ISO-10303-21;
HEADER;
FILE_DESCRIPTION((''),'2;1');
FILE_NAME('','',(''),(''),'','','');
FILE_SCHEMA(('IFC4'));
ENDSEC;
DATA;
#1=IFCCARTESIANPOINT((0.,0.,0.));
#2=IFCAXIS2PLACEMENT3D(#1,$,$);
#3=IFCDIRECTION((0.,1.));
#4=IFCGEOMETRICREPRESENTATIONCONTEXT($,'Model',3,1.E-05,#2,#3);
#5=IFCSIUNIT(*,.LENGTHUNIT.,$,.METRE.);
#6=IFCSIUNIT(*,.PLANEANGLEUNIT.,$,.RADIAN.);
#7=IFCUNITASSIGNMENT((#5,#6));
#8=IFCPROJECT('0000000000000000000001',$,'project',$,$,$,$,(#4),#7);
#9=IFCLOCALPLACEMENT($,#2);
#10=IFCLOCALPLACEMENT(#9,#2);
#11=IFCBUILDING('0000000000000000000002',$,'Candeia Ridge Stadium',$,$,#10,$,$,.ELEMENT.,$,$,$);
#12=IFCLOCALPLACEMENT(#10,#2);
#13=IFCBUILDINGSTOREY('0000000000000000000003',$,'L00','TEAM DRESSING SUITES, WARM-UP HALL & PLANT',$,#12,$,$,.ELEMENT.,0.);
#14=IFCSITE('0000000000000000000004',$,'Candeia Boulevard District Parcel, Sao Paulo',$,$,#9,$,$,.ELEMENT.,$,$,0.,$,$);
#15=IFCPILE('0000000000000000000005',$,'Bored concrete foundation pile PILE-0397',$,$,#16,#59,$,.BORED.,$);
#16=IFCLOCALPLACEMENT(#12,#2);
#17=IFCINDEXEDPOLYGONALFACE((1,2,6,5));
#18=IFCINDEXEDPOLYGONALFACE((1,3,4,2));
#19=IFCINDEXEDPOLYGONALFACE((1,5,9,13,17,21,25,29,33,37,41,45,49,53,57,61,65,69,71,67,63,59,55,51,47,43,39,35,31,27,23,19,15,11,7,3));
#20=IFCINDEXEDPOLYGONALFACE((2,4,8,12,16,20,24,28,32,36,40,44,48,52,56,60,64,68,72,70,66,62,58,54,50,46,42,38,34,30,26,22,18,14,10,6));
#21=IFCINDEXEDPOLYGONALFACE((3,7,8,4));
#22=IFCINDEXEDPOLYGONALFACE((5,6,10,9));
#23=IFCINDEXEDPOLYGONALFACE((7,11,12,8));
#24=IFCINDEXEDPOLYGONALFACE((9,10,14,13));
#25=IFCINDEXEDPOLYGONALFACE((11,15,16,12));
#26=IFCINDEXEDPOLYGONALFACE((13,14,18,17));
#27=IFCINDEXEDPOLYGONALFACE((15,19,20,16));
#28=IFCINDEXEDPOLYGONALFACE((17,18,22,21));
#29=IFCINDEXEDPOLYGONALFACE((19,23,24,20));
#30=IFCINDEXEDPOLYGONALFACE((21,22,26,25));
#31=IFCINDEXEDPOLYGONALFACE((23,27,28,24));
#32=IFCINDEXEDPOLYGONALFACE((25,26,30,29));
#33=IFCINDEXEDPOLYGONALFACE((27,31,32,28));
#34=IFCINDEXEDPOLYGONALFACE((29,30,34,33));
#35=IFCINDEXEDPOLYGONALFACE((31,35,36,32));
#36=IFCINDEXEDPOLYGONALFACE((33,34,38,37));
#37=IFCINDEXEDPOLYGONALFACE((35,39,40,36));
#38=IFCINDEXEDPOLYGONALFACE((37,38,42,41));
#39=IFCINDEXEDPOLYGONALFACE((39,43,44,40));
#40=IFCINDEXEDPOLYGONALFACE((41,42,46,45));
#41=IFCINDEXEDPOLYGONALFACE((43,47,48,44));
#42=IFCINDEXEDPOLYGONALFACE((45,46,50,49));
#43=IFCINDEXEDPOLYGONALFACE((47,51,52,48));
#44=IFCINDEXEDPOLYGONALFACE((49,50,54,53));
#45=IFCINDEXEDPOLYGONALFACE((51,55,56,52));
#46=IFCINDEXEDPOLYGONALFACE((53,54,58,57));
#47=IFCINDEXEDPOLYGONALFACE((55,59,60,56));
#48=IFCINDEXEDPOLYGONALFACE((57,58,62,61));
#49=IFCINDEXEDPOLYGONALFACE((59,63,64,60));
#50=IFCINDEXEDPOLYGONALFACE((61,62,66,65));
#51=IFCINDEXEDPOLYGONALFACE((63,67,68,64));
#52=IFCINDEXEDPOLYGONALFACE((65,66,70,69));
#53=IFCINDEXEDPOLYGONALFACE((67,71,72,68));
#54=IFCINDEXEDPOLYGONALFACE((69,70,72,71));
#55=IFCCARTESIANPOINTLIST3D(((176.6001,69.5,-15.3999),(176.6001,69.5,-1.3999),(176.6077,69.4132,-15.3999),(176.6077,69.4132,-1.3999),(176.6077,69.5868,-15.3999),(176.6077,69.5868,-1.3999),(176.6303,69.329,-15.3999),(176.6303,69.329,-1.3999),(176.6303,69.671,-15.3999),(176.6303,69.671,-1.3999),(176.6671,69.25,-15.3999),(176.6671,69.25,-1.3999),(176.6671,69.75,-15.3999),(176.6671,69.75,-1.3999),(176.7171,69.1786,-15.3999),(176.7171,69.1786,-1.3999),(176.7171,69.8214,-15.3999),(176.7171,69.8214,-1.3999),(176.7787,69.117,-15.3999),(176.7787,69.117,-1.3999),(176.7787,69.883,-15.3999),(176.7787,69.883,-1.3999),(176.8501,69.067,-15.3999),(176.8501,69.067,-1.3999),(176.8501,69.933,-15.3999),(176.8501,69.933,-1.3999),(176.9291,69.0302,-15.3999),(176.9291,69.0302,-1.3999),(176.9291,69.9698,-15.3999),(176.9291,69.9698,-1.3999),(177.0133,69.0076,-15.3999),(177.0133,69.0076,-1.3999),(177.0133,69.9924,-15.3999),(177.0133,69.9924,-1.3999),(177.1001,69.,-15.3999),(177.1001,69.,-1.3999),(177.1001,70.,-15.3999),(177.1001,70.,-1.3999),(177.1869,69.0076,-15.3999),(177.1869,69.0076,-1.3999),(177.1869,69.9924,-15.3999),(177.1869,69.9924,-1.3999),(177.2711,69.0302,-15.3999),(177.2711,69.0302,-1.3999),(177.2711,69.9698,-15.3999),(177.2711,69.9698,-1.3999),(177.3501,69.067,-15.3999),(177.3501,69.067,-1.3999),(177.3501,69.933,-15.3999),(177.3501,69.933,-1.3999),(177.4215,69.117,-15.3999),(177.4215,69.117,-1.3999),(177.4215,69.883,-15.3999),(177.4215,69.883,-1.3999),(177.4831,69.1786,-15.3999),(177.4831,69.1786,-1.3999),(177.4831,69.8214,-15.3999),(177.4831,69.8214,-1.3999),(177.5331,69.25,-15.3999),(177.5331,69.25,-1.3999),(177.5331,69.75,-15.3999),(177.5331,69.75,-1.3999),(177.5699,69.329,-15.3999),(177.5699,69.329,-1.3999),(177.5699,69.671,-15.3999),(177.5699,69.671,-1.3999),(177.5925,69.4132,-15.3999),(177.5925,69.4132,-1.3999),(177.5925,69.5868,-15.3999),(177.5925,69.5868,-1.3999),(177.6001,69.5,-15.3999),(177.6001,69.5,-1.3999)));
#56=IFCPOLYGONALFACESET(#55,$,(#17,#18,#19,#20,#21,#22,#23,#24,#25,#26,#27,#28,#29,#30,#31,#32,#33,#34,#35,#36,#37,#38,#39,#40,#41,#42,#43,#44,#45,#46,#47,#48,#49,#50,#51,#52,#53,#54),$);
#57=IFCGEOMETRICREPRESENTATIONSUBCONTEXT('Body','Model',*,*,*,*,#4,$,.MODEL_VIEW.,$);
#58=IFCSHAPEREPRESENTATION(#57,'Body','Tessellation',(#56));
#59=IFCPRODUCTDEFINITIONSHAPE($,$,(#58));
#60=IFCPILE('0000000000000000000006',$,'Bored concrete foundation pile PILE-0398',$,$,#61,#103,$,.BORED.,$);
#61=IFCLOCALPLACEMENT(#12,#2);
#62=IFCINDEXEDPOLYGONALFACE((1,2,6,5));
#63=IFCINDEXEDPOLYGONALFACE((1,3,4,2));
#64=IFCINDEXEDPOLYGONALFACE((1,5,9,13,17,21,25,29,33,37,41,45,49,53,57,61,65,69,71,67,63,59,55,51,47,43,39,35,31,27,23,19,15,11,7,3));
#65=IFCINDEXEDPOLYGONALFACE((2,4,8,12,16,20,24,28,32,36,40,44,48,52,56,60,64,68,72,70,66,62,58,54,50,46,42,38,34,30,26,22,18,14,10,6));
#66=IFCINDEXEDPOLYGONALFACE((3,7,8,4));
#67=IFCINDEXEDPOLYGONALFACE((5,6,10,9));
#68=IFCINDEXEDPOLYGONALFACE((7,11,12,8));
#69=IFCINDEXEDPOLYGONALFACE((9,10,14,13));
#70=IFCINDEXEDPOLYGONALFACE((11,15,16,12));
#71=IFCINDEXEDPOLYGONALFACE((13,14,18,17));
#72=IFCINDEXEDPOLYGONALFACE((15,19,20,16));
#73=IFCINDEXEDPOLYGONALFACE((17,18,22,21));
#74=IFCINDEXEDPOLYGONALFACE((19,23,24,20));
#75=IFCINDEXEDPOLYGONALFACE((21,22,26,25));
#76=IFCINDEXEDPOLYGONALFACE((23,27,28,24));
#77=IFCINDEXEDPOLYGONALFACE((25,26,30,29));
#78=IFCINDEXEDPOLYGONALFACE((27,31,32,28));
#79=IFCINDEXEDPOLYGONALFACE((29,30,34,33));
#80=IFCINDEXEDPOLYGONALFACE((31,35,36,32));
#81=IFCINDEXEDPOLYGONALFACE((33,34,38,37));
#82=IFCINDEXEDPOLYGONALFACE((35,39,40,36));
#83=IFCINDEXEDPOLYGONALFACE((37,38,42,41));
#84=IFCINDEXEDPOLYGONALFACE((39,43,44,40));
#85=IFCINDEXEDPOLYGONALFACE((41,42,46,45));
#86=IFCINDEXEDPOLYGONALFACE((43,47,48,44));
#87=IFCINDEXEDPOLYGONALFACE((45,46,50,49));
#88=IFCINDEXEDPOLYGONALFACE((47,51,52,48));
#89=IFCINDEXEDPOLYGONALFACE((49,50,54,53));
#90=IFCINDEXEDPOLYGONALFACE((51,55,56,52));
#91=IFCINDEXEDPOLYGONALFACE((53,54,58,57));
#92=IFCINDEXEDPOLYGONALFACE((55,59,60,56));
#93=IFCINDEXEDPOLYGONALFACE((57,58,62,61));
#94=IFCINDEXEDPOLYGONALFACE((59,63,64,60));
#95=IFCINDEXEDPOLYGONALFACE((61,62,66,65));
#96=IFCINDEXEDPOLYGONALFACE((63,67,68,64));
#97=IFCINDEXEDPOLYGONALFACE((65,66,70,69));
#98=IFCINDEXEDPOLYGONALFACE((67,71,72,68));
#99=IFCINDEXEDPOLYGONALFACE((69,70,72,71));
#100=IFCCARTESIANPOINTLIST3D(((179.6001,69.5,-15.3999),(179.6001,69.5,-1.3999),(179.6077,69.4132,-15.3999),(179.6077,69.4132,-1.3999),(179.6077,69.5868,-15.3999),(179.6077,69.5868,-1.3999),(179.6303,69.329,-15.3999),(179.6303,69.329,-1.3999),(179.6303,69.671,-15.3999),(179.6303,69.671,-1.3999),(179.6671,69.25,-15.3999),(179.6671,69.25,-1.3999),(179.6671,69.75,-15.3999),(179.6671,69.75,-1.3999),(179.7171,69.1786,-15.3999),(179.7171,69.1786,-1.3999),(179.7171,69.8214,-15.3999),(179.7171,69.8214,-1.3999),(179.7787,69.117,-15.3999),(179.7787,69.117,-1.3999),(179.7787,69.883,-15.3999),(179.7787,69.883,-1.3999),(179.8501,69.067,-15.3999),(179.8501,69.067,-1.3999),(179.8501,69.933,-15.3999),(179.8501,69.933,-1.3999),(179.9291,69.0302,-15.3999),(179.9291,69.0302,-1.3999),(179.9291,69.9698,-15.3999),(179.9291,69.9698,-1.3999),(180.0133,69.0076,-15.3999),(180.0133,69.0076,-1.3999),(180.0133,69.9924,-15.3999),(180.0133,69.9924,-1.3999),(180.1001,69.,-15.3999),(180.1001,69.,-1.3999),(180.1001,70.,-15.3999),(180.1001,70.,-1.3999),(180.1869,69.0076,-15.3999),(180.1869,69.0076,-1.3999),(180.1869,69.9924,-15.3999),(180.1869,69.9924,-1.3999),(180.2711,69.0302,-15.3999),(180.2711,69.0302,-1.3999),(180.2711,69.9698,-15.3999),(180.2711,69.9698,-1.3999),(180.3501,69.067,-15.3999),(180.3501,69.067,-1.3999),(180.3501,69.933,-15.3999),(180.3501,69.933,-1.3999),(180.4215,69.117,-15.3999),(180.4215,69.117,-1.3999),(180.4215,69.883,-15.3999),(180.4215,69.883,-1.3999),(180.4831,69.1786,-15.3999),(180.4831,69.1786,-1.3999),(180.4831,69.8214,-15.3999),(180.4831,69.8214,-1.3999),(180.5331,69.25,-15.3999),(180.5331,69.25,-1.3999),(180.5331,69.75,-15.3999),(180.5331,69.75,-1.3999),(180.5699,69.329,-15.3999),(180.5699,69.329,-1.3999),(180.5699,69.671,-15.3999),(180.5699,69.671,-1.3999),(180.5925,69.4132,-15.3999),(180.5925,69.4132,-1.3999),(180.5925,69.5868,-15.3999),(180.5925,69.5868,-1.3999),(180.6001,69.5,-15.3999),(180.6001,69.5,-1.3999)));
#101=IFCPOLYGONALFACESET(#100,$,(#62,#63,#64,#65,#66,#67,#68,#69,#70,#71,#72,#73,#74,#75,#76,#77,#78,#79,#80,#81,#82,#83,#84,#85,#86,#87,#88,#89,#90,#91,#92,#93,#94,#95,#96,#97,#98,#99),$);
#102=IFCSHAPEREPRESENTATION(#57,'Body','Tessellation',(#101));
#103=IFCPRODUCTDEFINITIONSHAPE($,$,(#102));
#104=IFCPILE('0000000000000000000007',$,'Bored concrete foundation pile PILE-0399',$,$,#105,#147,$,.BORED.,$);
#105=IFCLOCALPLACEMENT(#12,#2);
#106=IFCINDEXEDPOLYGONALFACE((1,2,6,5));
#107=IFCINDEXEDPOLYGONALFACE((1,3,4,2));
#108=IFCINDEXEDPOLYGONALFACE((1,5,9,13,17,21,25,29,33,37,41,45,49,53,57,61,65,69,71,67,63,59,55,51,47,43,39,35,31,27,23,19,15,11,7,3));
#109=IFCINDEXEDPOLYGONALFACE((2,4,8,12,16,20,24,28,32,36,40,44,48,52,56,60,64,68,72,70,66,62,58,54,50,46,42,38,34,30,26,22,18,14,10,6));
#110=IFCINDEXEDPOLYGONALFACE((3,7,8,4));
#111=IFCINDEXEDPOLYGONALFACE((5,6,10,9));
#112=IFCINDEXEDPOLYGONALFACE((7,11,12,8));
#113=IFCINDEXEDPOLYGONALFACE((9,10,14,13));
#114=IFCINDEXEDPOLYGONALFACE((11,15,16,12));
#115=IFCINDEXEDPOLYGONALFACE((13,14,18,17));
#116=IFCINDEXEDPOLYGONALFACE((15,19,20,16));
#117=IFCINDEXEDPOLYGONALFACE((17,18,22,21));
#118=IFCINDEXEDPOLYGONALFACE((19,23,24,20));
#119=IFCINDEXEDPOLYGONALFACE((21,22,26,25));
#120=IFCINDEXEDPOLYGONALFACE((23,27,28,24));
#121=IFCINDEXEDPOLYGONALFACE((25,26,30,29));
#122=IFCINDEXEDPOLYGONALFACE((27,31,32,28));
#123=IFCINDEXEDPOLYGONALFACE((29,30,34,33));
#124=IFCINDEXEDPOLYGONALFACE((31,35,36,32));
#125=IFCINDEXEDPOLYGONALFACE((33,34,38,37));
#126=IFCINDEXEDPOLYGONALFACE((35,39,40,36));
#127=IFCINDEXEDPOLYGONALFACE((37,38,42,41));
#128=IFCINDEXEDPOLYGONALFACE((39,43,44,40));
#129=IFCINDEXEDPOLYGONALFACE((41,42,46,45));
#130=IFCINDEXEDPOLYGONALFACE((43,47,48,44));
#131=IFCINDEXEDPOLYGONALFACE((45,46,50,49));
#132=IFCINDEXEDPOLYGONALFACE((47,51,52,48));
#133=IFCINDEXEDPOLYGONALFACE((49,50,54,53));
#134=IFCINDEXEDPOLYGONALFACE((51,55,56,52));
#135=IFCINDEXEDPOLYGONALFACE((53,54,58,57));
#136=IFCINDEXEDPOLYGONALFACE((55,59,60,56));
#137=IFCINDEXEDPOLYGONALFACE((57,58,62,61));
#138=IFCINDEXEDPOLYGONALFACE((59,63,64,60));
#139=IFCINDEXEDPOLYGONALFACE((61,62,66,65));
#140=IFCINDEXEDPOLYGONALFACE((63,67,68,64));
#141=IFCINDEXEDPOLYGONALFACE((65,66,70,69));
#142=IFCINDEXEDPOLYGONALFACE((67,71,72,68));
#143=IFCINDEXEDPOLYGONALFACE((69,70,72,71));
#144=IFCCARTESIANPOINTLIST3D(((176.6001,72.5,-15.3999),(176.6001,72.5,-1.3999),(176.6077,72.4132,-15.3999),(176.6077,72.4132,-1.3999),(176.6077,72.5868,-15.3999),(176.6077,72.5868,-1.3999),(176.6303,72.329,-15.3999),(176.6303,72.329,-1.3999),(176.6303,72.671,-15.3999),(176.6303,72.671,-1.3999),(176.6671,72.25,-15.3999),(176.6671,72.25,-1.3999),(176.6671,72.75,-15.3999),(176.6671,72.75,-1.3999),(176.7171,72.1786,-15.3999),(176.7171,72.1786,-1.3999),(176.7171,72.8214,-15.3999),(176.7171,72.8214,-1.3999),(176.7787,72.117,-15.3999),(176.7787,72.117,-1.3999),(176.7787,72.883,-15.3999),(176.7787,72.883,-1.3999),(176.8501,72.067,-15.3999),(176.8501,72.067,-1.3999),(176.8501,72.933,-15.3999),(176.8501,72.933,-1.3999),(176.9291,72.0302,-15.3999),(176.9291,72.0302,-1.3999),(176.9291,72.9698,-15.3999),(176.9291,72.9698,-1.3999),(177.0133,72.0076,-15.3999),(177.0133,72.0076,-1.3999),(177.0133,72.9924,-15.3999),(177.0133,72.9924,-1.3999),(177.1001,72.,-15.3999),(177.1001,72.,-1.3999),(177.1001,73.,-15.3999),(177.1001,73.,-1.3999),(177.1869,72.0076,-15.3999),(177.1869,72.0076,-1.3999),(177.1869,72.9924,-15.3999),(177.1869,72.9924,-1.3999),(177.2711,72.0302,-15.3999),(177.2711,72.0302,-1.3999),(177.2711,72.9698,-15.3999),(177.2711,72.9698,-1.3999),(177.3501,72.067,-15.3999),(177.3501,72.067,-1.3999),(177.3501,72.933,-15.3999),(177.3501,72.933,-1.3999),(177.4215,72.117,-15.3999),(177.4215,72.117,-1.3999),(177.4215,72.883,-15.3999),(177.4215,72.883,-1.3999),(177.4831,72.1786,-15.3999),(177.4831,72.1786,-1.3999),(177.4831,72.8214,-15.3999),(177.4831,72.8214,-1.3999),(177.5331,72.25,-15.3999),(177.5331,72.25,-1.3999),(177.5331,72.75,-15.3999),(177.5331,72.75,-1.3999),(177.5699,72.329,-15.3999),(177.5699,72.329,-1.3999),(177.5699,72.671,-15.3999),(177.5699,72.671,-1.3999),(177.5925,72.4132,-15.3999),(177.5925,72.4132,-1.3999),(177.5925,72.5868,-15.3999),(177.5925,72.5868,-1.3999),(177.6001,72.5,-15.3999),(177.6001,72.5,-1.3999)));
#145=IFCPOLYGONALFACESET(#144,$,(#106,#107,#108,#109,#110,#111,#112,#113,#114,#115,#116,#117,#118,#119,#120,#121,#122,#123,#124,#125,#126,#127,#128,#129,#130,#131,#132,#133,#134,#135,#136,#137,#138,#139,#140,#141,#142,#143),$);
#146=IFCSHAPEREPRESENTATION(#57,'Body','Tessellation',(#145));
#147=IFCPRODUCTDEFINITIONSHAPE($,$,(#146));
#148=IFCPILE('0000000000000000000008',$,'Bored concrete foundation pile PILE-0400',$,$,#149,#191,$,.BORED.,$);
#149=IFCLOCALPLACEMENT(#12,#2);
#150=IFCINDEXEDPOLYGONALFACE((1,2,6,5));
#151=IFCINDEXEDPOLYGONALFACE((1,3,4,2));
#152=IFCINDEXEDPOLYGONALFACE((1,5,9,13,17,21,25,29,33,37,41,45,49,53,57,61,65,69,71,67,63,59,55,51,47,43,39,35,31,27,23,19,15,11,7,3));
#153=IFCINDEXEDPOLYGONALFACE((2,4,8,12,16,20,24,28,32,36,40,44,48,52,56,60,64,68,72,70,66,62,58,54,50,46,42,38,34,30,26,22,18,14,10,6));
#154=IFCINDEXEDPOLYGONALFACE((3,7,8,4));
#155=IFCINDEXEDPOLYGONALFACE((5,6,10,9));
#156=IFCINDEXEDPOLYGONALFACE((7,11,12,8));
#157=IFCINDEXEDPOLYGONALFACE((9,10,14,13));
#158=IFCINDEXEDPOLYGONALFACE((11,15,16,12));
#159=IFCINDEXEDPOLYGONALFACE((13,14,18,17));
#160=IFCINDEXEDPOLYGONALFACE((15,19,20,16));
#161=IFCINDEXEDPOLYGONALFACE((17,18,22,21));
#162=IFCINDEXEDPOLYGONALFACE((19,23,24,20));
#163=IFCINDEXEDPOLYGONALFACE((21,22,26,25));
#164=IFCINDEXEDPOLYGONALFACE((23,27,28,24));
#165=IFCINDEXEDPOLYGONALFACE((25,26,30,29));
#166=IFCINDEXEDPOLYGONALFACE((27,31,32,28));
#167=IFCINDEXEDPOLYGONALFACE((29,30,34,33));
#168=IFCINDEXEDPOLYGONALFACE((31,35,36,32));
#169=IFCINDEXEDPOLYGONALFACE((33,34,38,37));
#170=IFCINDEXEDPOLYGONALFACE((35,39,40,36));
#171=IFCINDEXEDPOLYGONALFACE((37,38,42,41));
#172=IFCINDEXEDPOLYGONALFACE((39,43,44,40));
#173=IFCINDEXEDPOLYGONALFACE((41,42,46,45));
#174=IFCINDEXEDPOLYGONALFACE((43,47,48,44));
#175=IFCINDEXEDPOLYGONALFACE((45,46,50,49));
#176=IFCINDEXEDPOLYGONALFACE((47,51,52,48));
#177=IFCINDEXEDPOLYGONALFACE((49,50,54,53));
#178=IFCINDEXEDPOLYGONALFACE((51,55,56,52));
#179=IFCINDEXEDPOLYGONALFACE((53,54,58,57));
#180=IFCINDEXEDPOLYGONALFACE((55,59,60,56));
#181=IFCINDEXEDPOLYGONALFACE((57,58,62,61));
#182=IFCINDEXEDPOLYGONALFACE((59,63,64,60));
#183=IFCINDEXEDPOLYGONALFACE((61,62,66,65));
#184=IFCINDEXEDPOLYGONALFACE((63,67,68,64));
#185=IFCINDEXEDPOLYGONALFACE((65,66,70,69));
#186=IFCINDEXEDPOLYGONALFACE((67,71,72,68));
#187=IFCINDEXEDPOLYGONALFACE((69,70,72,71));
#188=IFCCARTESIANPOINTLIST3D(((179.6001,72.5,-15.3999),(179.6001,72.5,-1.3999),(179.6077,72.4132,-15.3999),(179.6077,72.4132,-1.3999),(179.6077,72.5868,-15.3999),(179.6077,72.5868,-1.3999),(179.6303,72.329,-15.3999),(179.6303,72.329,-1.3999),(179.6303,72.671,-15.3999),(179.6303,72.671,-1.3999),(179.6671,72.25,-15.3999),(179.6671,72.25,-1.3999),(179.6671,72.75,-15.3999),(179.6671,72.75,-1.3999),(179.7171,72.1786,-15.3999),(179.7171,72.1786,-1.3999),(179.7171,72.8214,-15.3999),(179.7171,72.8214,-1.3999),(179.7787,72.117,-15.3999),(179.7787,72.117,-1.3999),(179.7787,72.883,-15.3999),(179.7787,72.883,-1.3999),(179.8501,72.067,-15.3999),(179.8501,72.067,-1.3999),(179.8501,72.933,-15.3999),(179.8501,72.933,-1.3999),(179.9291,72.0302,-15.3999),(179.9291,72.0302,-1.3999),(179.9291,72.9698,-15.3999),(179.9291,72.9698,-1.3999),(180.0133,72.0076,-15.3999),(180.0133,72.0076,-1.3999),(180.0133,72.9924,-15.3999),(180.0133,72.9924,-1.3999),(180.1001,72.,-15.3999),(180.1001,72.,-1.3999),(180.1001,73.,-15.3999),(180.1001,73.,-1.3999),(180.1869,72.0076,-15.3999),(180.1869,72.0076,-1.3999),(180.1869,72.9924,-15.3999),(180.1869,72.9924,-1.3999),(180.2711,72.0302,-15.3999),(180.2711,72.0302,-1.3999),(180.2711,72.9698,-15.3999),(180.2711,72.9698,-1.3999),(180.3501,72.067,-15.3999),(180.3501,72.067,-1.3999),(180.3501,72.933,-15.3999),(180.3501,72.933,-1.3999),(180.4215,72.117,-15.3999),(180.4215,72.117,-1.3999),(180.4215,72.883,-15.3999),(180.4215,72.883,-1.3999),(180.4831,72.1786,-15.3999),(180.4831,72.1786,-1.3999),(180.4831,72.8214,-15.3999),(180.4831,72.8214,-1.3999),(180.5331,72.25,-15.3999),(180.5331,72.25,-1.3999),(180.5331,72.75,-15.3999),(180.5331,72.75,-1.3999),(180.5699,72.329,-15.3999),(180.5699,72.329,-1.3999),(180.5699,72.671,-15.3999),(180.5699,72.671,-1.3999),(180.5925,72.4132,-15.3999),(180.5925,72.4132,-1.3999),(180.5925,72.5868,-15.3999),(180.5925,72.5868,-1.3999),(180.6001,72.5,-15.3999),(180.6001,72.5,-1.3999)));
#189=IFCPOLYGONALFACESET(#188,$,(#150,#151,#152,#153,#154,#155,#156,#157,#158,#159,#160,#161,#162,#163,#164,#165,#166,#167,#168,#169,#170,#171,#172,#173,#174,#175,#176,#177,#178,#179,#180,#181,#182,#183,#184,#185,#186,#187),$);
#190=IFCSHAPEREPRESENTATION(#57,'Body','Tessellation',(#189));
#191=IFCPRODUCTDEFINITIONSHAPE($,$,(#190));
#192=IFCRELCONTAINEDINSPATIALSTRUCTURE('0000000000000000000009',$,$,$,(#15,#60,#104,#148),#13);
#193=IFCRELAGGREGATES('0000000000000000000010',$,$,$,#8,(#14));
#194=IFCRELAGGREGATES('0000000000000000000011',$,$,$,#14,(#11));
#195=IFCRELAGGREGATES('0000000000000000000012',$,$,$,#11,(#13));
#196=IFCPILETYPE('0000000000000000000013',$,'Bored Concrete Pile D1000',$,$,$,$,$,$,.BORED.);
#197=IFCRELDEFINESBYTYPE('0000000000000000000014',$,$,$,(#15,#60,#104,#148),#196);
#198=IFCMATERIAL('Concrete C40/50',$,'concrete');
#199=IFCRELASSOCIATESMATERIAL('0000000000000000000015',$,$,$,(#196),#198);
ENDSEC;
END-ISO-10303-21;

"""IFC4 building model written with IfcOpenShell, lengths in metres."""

from ifc_helpers import new_model, si_unit, direction, frame, origin, origin_2d, place, context, subcontext, project, spatial, circle, extrude, material, material_profile, profile_set, type_object, element, save


model = new_model("IFC4")

# Units and contexts
model_context = context("Model", 3, precision=1e-05, world=origin(), true_north=direction((0.0, 1.0)))
body_context = subcontext(model_context, "Body", "Model", "MODEL_VIEW")
ifc_project = project(units=[si_unit("LENGTHUNIT", "METRE"), si_unit("PLANEANGLEUNIT", "RADIAN")], contexts=[model_context])

# Site, building, storey
site_placement = place(None, origin())
site = spatial("IfcSite", under=ifc_project, at=site_placement, Name="Candeia Boulevard District Parcel, Sao Paulo", CompositionType="ELEMENT", RefElevation=0.0)
building_placement = place(site_placement, origin())
building = spatial("IfcBuilding", under=site, at=building_placement, Name="Candeia Ridge Stadium", CompositionType="ELEMENT")
storey_placement = place(building_placement, origin())
storey = spatial("IfcBuildingStorey", under=building, at=storey_placement, Name="L00", Description="TEAM DRESSING SUITES, WARM-UP HALL & PLANT", CompositionType="ELEMENT", Elevation=0.0)

# Piles
ifc_material_1 = material(Name="Concrete C40/50", Category="concrete")
ifc_material_profile_1 = material_profile(ifc_material_1, circle(Radius=0.5, at=origin_2d()), Name="PILE-D1000", Category="concrete")
ifc_profile_set_1 = profile_set([ifc_material_profile_1], Name="Concrete C40/50")
pile_type_1 = type_object("IfcPileType", Name="Bored Concrete Pile D1000", PredefinedType="BORED", material=ifc_profile_set_1)
for number, where, z_axis, x_axis, name in (
    (1, (177.1001, 69.5, -1.3999), (0.0, 0.0, -1.0), (1.0, 0.0, 0.0), "Bored concrete foundation pile PILE-0397"),
    (2, (180.1001, 69.5, -1.3999), (0.0, 0.0, -1.0), (1.0, 0.0, 0.0), "Bored concrete foundation pile PILE-0398"),
    (3, (177.1001, 72.5, -1.3999), (0.0, 0.0, -1.0), (1.0, 0.0, 0.0), "Bored concrete foundation pile PILE-0399"),
    (4, (180.1001, 72.5, -1.3999), (0.0, 0.0, -1.0), (1.0, 0.0, 0.0), "Bored concrete foundation pile PILE-0400"),
):
    element("IfcPile", number, at=place(storey_placement, frame(where, z_axis=z_axis, x_axis=x_axis)), inside=storey, type_object=pile_type_1, Name=name, PredefinedType="BORED", context=body_context, shape_type="SweptSolid", body=[
        extrude(circle(Radius=0.5, at=origin_2d()), origin(), (0.0, 0.0, 1.0), 14.0),
    ])

save(model, "model.ifc")
